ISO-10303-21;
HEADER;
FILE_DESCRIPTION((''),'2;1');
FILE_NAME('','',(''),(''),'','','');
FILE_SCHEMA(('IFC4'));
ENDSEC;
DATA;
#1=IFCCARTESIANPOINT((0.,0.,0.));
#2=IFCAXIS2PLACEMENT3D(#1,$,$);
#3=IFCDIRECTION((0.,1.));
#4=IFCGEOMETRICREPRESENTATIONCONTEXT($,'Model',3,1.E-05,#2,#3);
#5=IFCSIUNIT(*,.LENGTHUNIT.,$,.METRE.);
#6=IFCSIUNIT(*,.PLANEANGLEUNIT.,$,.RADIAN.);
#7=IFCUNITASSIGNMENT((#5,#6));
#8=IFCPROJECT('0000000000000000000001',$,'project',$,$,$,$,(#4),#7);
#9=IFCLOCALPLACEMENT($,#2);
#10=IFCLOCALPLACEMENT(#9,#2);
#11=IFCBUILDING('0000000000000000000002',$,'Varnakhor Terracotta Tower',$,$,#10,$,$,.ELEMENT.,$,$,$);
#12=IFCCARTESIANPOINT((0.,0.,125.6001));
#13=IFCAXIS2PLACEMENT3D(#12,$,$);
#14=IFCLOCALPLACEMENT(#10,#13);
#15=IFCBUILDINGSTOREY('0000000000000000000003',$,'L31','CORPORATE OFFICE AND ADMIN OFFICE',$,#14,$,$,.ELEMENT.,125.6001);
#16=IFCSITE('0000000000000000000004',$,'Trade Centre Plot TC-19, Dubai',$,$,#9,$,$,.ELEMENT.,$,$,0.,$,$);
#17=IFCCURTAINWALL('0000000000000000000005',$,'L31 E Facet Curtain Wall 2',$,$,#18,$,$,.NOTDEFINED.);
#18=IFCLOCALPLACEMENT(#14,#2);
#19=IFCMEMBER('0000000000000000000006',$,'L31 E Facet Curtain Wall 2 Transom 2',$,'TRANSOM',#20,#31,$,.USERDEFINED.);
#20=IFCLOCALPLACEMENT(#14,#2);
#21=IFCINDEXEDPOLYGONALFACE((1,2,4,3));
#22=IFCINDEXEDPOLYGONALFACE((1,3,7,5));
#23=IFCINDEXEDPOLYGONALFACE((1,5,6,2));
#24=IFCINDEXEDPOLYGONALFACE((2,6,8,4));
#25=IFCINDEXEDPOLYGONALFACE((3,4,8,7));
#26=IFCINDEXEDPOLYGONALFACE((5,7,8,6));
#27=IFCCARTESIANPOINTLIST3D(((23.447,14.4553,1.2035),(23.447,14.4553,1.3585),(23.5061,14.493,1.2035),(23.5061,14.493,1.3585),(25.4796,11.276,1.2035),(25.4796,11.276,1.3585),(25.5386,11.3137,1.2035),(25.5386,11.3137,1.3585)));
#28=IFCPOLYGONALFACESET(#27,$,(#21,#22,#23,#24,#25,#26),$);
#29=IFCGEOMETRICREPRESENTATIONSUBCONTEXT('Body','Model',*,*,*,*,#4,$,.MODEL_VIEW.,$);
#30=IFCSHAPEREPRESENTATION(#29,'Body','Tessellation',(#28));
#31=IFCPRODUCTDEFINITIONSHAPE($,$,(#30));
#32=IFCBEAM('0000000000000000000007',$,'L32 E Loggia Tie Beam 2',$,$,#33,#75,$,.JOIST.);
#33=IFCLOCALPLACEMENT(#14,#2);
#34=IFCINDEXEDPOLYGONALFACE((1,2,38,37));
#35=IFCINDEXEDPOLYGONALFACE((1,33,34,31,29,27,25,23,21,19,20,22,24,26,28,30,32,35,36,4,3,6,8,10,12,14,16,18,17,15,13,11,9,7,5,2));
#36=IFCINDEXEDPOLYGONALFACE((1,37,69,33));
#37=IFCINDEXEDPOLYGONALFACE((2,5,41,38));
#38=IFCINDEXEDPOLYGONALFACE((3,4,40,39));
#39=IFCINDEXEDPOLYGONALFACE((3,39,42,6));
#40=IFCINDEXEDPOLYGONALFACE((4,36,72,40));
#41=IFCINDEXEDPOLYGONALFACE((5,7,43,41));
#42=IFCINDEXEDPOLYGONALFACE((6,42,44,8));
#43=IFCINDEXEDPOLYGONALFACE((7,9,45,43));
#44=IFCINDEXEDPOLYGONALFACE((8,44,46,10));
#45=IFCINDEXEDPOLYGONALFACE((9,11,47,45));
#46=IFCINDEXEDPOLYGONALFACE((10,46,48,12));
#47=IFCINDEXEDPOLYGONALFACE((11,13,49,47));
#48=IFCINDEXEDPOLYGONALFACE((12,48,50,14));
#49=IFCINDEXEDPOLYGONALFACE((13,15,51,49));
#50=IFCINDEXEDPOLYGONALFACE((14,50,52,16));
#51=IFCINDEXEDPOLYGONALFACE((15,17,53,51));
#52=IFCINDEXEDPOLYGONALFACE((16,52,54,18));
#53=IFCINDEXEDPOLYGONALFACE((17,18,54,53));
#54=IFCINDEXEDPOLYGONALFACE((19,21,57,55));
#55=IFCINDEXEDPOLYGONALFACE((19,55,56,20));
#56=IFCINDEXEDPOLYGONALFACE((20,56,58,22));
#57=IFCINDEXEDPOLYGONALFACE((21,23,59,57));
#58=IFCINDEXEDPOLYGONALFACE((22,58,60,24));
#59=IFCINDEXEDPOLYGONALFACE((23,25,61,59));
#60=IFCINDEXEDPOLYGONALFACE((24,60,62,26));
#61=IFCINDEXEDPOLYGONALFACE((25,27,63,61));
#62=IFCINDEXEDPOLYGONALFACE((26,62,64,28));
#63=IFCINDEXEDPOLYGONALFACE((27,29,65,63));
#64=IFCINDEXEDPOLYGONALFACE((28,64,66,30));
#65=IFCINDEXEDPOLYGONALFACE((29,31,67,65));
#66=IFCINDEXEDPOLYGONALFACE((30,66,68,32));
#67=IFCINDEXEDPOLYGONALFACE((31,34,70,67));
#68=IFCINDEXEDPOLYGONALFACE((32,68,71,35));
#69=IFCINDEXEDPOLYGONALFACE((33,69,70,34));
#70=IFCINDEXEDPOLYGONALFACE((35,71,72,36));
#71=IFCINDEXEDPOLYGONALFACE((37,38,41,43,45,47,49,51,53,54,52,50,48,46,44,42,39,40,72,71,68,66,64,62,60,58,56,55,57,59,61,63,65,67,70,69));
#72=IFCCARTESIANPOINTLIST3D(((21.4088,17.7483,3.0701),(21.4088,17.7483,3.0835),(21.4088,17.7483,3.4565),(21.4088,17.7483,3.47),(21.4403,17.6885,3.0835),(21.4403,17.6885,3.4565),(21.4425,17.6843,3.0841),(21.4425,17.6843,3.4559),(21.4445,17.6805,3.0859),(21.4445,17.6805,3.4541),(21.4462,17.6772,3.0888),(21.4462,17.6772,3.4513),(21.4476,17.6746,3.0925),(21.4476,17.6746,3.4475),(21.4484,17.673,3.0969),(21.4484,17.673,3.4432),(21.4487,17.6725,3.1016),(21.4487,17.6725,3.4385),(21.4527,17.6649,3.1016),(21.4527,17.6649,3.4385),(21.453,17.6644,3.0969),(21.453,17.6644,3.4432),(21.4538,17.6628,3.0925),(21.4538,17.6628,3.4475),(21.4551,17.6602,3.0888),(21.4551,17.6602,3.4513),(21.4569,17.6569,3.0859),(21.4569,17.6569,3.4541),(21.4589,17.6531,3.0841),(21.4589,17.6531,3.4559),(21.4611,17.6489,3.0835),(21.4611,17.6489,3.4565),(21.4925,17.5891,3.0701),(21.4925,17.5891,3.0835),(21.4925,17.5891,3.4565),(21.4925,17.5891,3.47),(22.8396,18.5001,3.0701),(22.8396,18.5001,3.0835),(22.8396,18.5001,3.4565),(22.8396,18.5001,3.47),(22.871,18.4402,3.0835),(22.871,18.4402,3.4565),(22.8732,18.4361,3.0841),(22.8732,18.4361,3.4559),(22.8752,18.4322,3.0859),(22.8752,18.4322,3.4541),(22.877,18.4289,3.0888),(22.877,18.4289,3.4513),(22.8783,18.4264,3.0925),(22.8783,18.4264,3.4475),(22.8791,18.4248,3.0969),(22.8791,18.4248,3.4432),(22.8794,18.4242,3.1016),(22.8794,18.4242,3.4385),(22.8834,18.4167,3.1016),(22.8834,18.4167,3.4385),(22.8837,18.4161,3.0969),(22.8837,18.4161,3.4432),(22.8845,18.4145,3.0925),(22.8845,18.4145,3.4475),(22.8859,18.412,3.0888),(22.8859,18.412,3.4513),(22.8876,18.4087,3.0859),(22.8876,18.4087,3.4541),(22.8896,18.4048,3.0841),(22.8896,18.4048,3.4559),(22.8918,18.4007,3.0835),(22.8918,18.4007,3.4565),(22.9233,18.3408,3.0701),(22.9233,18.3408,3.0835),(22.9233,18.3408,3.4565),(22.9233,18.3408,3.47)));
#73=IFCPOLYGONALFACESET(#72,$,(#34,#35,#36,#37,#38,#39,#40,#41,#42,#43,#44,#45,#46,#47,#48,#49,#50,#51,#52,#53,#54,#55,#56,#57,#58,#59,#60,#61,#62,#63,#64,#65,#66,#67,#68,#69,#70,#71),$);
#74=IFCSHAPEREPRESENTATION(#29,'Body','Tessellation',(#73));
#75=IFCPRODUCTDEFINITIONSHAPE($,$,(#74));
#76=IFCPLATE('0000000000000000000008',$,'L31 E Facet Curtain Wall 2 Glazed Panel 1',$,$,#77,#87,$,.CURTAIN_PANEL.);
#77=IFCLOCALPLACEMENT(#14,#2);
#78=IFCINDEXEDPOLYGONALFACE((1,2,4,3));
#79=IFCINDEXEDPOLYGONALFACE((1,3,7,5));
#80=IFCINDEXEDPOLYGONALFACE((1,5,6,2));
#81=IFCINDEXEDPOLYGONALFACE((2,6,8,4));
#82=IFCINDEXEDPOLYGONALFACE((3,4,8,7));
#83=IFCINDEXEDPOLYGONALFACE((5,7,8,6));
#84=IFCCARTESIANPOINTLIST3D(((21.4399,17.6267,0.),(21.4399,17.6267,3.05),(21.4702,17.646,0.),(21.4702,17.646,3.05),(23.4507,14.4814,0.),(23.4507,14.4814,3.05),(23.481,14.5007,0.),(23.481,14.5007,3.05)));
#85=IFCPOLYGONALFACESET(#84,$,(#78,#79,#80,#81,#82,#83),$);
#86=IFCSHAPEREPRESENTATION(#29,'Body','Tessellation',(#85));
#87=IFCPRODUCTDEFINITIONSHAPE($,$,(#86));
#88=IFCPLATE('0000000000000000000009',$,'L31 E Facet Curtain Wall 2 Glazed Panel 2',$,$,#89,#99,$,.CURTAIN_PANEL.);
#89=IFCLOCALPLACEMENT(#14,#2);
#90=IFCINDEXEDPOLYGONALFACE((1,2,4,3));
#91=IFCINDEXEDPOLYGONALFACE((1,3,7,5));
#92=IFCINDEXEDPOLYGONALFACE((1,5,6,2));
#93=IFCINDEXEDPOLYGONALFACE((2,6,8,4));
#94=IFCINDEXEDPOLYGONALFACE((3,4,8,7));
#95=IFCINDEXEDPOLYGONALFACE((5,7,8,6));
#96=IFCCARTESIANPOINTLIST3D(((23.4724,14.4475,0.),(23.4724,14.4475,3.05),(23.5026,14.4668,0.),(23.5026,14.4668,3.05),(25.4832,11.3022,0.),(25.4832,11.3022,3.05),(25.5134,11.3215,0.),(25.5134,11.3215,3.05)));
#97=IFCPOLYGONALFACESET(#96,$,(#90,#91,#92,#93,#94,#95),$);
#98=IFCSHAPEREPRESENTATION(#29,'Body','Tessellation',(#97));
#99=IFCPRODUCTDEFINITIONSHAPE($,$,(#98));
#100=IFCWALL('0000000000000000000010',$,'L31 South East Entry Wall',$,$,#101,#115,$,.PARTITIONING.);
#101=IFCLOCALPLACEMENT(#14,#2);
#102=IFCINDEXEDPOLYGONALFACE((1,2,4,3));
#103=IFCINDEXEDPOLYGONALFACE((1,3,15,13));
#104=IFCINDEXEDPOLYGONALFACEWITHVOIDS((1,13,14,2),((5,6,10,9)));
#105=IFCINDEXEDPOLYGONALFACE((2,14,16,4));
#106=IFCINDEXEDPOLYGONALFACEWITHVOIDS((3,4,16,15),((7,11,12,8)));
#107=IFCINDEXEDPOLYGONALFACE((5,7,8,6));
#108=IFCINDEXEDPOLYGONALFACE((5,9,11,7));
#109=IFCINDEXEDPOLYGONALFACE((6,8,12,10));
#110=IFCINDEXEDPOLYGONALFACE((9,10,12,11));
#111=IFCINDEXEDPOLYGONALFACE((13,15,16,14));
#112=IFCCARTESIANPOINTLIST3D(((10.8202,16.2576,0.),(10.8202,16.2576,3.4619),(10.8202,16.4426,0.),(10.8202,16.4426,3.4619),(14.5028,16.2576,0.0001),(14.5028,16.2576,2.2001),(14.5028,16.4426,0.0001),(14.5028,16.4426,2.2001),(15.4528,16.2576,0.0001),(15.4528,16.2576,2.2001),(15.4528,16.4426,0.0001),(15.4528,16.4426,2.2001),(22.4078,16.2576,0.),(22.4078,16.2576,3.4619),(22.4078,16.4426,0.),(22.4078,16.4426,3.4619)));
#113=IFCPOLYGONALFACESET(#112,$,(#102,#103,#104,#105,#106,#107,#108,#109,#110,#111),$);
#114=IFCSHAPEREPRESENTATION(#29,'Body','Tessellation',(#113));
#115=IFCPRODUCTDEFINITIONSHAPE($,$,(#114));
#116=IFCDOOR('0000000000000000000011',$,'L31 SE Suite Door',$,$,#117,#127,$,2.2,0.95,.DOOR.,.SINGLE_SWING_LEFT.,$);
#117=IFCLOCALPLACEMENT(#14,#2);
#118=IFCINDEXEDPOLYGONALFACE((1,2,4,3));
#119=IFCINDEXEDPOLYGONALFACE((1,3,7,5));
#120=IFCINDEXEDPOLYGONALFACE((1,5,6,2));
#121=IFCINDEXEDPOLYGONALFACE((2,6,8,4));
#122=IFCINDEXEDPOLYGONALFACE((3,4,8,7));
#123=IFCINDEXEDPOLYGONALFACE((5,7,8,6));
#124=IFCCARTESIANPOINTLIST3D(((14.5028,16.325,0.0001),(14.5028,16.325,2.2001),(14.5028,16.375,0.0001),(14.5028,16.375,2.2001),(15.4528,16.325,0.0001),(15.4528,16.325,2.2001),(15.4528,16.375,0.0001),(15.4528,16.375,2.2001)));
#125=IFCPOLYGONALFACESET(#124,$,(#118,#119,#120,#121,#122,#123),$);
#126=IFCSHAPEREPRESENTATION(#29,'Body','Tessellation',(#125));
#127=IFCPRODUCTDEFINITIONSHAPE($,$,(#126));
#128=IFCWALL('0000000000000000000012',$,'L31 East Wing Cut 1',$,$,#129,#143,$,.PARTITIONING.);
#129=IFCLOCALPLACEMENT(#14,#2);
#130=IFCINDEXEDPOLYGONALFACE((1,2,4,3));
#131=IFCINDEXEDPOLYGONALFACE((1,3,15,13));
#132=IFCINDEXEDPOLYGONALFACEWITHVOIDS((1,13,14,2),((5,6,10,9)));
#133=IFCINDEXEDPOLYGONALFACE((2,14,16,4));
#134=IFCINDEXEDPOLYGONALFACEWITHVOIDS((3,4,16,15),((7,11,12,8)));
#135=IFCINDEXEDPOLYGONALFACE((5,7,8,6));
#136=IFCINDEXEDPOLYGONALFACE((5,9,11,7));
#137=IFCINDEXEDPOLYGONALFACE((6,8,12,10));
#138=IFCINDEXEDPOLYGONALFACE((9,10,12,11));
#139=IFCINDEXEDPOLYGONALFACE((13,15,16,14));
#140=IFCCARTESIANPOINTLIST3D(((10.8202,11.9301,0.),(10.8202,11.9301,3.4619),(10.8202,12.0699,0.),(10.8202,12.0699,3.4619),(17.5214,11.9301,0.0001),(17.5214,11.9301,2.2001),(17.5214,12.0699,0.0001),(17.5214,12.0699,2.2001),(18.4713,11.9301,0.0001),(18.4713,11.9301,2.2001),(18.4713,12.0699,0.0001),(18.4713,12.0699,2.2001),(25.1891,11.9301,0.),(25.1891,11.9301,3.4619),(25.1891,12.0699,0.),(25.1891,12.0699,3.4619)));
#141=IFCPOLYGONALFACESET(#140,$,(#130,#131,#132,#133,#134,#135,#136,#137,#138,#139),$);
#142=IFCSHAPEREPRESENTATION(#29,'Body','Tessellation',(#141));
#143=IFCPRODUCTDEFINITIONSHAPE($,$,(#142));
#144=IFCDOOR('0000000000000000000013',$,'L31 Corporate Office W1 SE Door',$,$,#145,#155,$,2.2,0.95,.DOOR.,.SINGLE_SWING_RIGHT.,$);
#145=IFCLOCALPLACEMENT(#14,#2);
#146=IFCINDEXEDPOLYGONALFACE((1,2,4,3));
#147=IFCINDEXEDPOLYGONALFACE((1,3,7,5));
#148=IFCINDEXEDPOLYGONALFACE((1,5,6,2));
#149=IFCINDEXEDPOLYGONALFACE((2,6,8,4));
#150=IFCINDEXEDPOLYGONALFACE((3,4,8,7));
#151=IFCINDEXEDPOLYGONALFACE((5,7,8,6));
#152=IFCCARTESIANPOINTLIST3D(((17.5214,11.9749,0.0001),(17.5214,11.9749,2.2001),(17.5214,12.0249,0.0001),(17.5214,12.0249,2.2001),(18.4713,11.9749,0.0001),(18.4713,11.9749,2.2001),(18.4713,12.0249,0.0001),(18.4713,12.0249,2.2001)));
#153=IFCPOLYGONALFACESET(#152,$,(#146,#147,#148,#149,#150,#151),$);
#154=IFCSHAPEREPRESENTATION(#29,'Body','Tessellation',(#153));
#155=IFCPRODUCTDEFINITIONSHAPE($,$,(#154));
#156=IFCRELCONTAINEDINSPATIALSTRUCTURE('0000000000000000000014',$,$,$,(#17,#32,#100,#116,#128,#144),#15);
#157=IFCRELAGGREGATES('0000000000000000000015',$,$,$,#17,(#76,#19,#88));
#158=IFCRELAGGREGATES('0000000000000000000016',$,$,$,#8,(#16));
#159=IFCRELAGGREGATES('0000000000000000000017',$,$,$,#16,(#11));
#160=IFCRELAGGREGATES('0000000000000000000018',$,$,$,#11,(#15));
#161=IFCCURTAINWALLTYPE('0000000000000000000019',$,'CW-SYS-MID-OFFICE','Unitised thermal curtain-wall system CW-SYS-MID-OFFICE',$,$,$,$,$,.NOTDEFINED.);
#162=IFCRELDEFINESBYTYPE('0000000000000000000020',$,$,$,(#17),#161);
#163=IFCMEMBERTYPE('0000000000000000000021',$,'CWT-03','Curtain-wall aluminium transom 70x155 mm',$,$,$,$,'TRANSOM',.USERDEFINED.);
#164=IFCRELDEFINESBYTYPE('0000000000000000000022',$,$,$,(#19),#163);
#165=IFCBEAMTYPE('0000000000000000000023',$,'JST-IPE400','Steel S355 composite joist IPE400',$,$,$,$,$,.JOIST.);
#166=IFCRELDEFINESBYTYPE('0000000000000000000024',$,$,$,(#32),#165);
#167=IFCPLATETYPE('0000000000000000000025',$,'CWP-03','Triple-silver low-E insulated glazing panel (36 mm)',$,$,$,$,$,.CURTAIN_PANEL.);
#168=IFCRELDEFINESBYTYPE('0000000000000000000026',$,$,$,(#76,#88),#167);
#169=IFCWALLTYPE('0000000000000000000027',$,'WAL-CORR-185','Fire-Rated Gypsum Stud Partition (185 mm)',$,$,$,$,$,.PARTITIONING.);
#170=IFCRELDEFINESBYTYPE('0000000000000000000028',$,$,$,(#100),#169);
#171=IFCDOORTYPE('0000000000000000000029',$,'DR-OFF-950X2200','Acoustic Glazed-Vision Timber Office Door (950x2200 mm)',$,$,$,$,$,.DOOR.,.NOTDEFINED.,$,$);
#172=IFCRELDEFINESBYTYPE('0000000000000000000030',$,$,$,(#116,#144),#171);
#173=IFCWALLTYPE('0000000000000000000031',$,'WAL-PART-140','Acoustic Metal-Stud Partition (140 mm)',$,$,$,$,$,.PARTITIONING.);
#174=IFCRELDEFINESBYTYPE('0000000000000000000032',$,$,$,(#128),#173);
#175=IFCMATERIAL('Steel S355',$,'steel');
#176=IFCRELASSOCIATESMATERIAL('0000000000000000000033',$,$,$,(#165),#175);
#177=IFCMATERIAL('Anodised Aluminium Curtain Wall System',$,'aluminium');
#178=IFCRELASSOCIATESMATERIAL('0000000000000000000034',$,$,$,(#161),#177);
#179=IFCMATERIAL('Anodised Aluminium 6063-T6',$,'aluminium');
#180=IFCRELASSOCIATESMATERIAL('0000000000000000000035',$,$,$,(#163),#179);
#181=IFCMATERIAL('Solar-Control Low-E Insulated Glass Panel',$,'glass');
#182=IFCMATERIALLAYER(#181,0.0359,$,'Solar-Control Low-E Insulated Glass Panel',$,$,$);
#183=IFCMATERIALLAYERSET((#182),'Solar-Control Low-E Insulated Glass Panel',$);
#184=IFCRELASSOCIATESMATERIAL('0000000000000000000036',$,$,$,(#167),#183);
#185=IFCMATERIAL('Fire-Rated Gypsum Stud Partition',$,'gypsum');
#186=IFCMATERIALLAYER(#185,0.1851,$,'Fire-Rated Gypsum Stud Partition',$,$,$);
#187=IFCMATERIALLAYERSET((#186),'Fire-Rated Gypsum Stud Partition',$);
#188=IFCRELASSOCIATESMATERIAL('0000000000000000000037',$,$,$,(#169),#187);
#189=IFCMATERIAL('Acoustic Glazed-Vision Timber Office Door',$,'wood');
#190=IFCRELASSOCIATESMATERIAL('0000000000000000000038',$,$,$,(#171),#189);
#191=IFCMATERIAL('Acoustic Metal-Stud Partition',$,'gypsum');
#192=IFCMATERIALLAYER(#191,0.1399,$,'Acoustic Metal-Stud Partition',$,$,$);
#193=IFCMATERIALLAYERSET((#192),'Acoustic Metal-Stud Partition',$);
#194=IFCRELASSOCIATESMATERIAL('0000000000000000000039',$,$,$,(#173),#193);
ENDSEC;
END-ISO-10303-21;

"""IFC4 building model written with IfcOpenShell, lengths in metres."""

from ifc_helpers import new_model, si_unit, direction, frame, frame_2d, origin, origin_2d, place, context, subcontext, project, spatial, rectangle, i_section, extrude, source, transform, mapped, material, layer, layer_set, material_profile, profile_set, type_object, type_shapes, element, fill, aggregate, save


model = new_model("IFC4")

# Units and contexts
model_context = context("Model", 3, precision=1e-05, world=origin(), true_north=direction((0.0, 1.0)))
body_context = subcontext(model_context, "Body", "Model", "MODEL_VIEW")
ifc_project = project(units=[si_unit("LENGTHUNIT", "METRE"), si_unit("PLANEANGLEUNIT", "RADIAN")], contexts=[model_context])

# Site, building, storey
site_placement = place(None, origin())
site = spatial("IfcSite", under=ifc_project, at=site_placement, Name="Trade Centre Plot TC-19, Dubai", CompositionType="ELEMENT", RefElevation=0.0)
building_placement = place(site_placement, origin())
building = spatial("IfcBuilding", under=site, at=building_placement, Name="Varnakhor Terracotta Tower", CompositionType="ELEMENT")
storey_placement = place(building_placement, frame((0.0, 0.0, 125.6001)))
storey = spatial("IfcBuildingStorey", under=building, at=storey_placement, Name="L31", Description="CORPORATE OFFICE AND ADMIN OFFICE", CompositionType="ELEMENT", Elevation=125.6001)

# Shared definitions
ifc_material_1 = material(Name="Steel S355", Category="steel")
ifc_material_profile_1 = material_profile(ifc_material_1, i_section(OverallWidth=0.1799, OverallDepth=0.3999, WebThickness=0.0085, FlangeThickness=0.0134, FilletRadius=0.0181, at=origin_2d()), Name="IPE400")
ifc_profile_set_1 = profile_set([ifc_material_profile_1], Name="Steel S355")
beam_type_1 = type_object("IfcBeamType", Name="JST-IPE400", Description="Steel S355 composite joist IPE400", PredefinedType="JOIST", material=ifc_profile_set_1)

# Curtain wall, member
ifc_material_2 = material(Name="Anodised Aluminium Curtain Wall System", Category="aluminium")
curtain_wall_type = type_object("IfcCurtainWallType", Name="CW-SYS-MID-OFFICE", Description="Unitised thermal curtain-wall system CW-SYS-MID-OFFICE", PredefinedType="NOTDEFINED", material=ifc_material_2)
curtain_wall_placement = place(storey_placement, origin())
curtain_wall = element("IfcCurtainWall", 1, at=curtain_wall_placement, inside=storey, type_object=curtain_wall_type, Name="L31 E Facet Curtain Wall 2", PredefinedType="NOTDEFINED")
ifc_material_3 = material(Name="Anodised Aluminium 6063-T6", Category="aluminium")
ifc_material_profile_2 = material_profile(ifc_material_3, rectangle(XDim=0.0701, YDim=0.155, at=origin_2d()), Name="ALU TRANSOM 70x155")
ifc_profile_set_2 = profile_set([ifc_material_profile_2], Name="Anodised Aluminium 6063-T6")
member_type_1 = type_object("IfcMemberType", Name="CWT-03", Description="Curtain-wall aluminium transom 70x155 mm", ElementType="TRANSOM", PredefinedType="USERDEFINED", material=ifc_profile_set_2)
shared_shape_1 = source(origin(), body_context, "Body", "SweptSolid", [
    extrude(rectangle(XDim=0.0701, YDim=0.155, at=origin_2d()), origin(), (0.0, 0.0, 1.0), 3.7734),
])
member_1_placement = place(storey_placement, frame((23.4766, 14.4741, 1.281), z_axis=(0.538637, -0.842538, 0.0), x_axis=(0.842538, 0.538637, 0.0)))
member_1 = element("IfcMember", 2, at=member_1_placement, type_object=member_type_1, Name="L31 E Facet Curtain Wall 2 Transom 2", ObjectType="TRANSOM", PredefinedType="USERDEFINED", context=body_context, shape_type="MappedRepresentation", body=[
    mapped(shared_shape_1, transform((0.0, 0.0, 0.0), scale=1.0)),
])

# Beam
shared_shape_2 = source(origin(), body_context, "Body", "SweptSolid", [
    extrude(i_section(OverallWidth=0.1799, OverallDepth=0.3999, WebThickness=0.0085, FlangeThickness=0.0134, FilletRadius=0.0181, at=origin_2d()), origin(), (0.0, 0.0, 1.0), 1.6162),
])
beam_1_placement = place(storey_placement, frame((21.4507, 17.6687, 3.27), z_axis=(0.885242, 0.46513, 0.0), x_axis=(-0.46513, 0.885242, 0.0)))
element("IfcBeam", 3, at=beam_1_placement, inside=storey, type_object=beam_type_1, Name="L32 E Loggia Tie Beam 2", PredefinedType="JOIST", context=body_context, shape_type="MappedRepresentation", body=[
    mapped(shared_shape_2, transform((0.0, 0.0, 0.0), scale=1.0)),
])

# Plates
ifc_material_4 = material(Name="Solar-Control Low-E Insulated Glass Panel", Category="glass")
ifc_layer_1 = layer(ifc_material_4, 0.0359, Name="Solar-Control Low-E Insulated Glass Panel")
ifc_layer_set_1 = layer_set([ifc_layer_1], Name="Solar-Control Low-E Insulated Glass Panel")
plate_type = type_object("IfcPlateType", Name="CWP-03", Description="Triple-silver low-E insulated glazing panel (36 mm)", PredefinedType="CURTAIN_PANEL", material=ifc_layer_set_1)
shared_shape_3 = source(origin(), body_context, "Body", "SweptSolid", [
    extrude(rectangle(XDim=3.7332, YDim=0.0359, at=origin_2d()), origin(), (0.0, 0.0, 1.0), 3.05),
])
plate_1_placement = place(storey_placement, frame((22.4604, 16.0637, 0.0), z_axis=(0.0, 0.0, 1.0), x_axis=(0.538638, -0.842537, 0.0)))
plate_1 = element("IfcPlate", 4, at=plate_1_placement, type_object=plate_type, Name="L31 E Facet Curtain Wall 2 Glazed Panel 1", PredefinedType="CURTAIN_PANEL", context=body_context, shape_type="MappedRepresentation", body=[
    mapped(shared_shape_3, transform((0.0, 0.0, 0.0), scale=1.0)),
])
plate_2_placement = place(storey_placement, frame((24.4929, 12.8845, 0.0), z_axis=(0.0, 0.0, 1.0), x_axis=(0.538638, -0.842537, 0.0)))
plate_2 = element("IfcPlate", 5, at=plate_2_placement, type_object=plate_type, Name="L31 E Facet Curtain Wall 2 Glazed Panel 2", PredefinedType="CURTAIN_PANEL", context=body_context, shape_type="MappedRepresentation", body=[
    mapped(shared_shape_3, transform((0.0, 0.0, 0.0), scale=1.0)),
])
aggregate(curtain_wall, [plate_1, member_1, plate_2])

# Walls, openings, doors
ifc_material_5 = material(Name="Fire-Rated Gypsum Stud Partition", Category="gypsum")
ifc_layer_2 = layer(ifc_material_5, 0.1851, Name="Fire-Rated Gypsum Stud Partition")
ifc_layer_set_2 = layer_set([ifc_layer_2], Name="Fire-Rated Gypsum Stud Partition")
wall_type_1 = type_object("IfcWallType", Name="WAL-CORR-185", Description="Fire-Rated Gypsum Stud Partition (185 mm)", PredefinedType="PARTITIONING", material=ifc_layer_set_2)
wall_1_placement = place(storey_placement, frame((10.8201, 16.3501, 0.0), z_axis=(0.0, 0.0, 1.0), x_axis=(1.0, 0.0, 0.0)))
wall_1 = element("IfcWall", 6, at=wall_1_placement, inside=storey, type_object=wall_type_1, Name="L31 South East Entry Wall", PredefinedType="PARTITIONING", context=body_context, shape_type="SweptSolid", body=[
    extrude(rectangle(XDim=11.5876, YDim=0.1851, at=frame_2d((5.7939, 0.0))), origin(), (0.0, 0.0, 1.0), 3.4619),
])
opening_1_placement = place(wall_1_placement, frame((3.6826, 0.0, 0.0)))
opening_1 = element("IfcOpeningElement", 7, at=opening_1_placement, cuts=wall_1, PredefinedType="OPENING", context=body_context, shape_type="SweptSolid", body=[
    extrude(rectangle(XDim=0.95, YDim=2.2, at=frame_2d((0.4751, 1.1001))), frame((0.0, 0.1025, 0.0), z_axis=(0.0, -1.0, 0.0), x_axis=(1.0, 0.0, 0.0)), (0.0, 0.0, 1.0), 0.2051),
])
ifc_material_6 = material(Name="Acoustic Glazed-Vision Timber Office Door", Category="wood")
door_type = type_object("IfcDoorType", Name="DR-OFF-950X2200", Description="Acoustic Glazed-Vision Timber Office Door (950x2200 mm)", OperationType="NOTDEFINED", PredefinedType="DOOR", material=ifc_material_6)
shared_shape_4 = source(origin(), body_context, "Body", "SweptSolid", [
    extrude(rectangle(XDim=0.95, YDim=2.2, at=frame_2d((0.4751, 1.1001))), frame((0.0, 0.0249, 0.0), z_axis=(0.0, -1.0, 0.0), x_axis=(1.0, 0.0, 0.0)), (0.0, 0.0, 1.0), 0.05),
])
type_shapes(door_type, [shared_shape_4])
door_1_placement = place(opening_1_placement, origin())
door_1 = element("IfcDoor", 8, at=door_1_placement, inside=storey, type_object=door_type, Name="L31 SE Suite Door", OperationType="SINGLE_SWING_LEFT", OverallHeight=2.2, OverallWidth=0.95, PredefinedType="DOOR", context=body_context, shape_type="MappedRepresentation", body=[
    mapped(shared_shape_4, transform((0.0, 0.0, 0.0), scale=1.0)),
])
fill(opening_1, door_1)
ifc_material_7 = material(Name="Acoustic Metal-Stud Partition", Category="gypsum")
ifc_layer_3 = layer(ifc_material_7, 0.1399, Name="Acoustic Metal-Stud Partition")
ifc_layer_set_3 = layer_set([ifc_layer_3], Name="Acoustic Metal-Stud Partition")
wall_type_2 = type_object("IfcWallType", Name="WAL-PART-140", Description="Acoustic Metal-Stud Partition (140 mm)", PredefinedType="PARTITIONING", material=ifc_layer_set_3)
wall_2_placement = place(storey_placement, frame((10.8201, 12.0, 0.0), z_axis=(0.0, 0.0, 1.0), x_axis=(1.0, 0.0, 0.0)))
wall_2 = element("IfcWall", 9, at=wall_2_placement, inside=storey, type_object=wall_type_2, Name="L31 East Wing Cut 1", PredefinedType="PARTITIONING", context=body_context, shape_type="SweptSolid", body=[
    extrude(rectangle(XDim=14.3689, YDim=0.1399, at=frame_2d((7.1846, 0.0))), origin(), (0.0, 0.0, 1.0), 3.4619),
])
opening_2_placement = place(wall_2_placement, frame((6.7012, 0.0, 0.0)))
opening_2 = element("IfcOpeningElement", 10, at=opening_2_placement, cuts=wall_2, PredefinedType="OPENING", context=body_context, shape_type="SweptSolid", body=[
    extrude(rectangle(XDim=0.95, YDim=2.2, at=frame_2d((0.4751, 1.1001))), frame((0.0, 0.0801, 0.0), z_axis=(0.0, -1.0, 0.0), x_axis=(1.0, 0.0, 0.0)), (0.0, 0.0, 1.0), 0.1599),
])
door_2_placement = place(opening_2_placement, origin())
door_2 = element("IfcDoor", 11, at=door_2_placement, inside=storey, type_object=door_type, Name="L31 Corporate Office W1 SE Door", OperationType="SINGLE_SWING_RIGHT", OverallHeight=2.2, OverallWidth=0.95, PredefinedType="DOOR", context=body_context, shape_type="MappedRepresentation", body=[
    mapped(shared_shape_4, transform((0.0, 0.0, 0.0), scale=1.0)),
])
fill(opening_2, door_2)

save(model, "model.ifc")
